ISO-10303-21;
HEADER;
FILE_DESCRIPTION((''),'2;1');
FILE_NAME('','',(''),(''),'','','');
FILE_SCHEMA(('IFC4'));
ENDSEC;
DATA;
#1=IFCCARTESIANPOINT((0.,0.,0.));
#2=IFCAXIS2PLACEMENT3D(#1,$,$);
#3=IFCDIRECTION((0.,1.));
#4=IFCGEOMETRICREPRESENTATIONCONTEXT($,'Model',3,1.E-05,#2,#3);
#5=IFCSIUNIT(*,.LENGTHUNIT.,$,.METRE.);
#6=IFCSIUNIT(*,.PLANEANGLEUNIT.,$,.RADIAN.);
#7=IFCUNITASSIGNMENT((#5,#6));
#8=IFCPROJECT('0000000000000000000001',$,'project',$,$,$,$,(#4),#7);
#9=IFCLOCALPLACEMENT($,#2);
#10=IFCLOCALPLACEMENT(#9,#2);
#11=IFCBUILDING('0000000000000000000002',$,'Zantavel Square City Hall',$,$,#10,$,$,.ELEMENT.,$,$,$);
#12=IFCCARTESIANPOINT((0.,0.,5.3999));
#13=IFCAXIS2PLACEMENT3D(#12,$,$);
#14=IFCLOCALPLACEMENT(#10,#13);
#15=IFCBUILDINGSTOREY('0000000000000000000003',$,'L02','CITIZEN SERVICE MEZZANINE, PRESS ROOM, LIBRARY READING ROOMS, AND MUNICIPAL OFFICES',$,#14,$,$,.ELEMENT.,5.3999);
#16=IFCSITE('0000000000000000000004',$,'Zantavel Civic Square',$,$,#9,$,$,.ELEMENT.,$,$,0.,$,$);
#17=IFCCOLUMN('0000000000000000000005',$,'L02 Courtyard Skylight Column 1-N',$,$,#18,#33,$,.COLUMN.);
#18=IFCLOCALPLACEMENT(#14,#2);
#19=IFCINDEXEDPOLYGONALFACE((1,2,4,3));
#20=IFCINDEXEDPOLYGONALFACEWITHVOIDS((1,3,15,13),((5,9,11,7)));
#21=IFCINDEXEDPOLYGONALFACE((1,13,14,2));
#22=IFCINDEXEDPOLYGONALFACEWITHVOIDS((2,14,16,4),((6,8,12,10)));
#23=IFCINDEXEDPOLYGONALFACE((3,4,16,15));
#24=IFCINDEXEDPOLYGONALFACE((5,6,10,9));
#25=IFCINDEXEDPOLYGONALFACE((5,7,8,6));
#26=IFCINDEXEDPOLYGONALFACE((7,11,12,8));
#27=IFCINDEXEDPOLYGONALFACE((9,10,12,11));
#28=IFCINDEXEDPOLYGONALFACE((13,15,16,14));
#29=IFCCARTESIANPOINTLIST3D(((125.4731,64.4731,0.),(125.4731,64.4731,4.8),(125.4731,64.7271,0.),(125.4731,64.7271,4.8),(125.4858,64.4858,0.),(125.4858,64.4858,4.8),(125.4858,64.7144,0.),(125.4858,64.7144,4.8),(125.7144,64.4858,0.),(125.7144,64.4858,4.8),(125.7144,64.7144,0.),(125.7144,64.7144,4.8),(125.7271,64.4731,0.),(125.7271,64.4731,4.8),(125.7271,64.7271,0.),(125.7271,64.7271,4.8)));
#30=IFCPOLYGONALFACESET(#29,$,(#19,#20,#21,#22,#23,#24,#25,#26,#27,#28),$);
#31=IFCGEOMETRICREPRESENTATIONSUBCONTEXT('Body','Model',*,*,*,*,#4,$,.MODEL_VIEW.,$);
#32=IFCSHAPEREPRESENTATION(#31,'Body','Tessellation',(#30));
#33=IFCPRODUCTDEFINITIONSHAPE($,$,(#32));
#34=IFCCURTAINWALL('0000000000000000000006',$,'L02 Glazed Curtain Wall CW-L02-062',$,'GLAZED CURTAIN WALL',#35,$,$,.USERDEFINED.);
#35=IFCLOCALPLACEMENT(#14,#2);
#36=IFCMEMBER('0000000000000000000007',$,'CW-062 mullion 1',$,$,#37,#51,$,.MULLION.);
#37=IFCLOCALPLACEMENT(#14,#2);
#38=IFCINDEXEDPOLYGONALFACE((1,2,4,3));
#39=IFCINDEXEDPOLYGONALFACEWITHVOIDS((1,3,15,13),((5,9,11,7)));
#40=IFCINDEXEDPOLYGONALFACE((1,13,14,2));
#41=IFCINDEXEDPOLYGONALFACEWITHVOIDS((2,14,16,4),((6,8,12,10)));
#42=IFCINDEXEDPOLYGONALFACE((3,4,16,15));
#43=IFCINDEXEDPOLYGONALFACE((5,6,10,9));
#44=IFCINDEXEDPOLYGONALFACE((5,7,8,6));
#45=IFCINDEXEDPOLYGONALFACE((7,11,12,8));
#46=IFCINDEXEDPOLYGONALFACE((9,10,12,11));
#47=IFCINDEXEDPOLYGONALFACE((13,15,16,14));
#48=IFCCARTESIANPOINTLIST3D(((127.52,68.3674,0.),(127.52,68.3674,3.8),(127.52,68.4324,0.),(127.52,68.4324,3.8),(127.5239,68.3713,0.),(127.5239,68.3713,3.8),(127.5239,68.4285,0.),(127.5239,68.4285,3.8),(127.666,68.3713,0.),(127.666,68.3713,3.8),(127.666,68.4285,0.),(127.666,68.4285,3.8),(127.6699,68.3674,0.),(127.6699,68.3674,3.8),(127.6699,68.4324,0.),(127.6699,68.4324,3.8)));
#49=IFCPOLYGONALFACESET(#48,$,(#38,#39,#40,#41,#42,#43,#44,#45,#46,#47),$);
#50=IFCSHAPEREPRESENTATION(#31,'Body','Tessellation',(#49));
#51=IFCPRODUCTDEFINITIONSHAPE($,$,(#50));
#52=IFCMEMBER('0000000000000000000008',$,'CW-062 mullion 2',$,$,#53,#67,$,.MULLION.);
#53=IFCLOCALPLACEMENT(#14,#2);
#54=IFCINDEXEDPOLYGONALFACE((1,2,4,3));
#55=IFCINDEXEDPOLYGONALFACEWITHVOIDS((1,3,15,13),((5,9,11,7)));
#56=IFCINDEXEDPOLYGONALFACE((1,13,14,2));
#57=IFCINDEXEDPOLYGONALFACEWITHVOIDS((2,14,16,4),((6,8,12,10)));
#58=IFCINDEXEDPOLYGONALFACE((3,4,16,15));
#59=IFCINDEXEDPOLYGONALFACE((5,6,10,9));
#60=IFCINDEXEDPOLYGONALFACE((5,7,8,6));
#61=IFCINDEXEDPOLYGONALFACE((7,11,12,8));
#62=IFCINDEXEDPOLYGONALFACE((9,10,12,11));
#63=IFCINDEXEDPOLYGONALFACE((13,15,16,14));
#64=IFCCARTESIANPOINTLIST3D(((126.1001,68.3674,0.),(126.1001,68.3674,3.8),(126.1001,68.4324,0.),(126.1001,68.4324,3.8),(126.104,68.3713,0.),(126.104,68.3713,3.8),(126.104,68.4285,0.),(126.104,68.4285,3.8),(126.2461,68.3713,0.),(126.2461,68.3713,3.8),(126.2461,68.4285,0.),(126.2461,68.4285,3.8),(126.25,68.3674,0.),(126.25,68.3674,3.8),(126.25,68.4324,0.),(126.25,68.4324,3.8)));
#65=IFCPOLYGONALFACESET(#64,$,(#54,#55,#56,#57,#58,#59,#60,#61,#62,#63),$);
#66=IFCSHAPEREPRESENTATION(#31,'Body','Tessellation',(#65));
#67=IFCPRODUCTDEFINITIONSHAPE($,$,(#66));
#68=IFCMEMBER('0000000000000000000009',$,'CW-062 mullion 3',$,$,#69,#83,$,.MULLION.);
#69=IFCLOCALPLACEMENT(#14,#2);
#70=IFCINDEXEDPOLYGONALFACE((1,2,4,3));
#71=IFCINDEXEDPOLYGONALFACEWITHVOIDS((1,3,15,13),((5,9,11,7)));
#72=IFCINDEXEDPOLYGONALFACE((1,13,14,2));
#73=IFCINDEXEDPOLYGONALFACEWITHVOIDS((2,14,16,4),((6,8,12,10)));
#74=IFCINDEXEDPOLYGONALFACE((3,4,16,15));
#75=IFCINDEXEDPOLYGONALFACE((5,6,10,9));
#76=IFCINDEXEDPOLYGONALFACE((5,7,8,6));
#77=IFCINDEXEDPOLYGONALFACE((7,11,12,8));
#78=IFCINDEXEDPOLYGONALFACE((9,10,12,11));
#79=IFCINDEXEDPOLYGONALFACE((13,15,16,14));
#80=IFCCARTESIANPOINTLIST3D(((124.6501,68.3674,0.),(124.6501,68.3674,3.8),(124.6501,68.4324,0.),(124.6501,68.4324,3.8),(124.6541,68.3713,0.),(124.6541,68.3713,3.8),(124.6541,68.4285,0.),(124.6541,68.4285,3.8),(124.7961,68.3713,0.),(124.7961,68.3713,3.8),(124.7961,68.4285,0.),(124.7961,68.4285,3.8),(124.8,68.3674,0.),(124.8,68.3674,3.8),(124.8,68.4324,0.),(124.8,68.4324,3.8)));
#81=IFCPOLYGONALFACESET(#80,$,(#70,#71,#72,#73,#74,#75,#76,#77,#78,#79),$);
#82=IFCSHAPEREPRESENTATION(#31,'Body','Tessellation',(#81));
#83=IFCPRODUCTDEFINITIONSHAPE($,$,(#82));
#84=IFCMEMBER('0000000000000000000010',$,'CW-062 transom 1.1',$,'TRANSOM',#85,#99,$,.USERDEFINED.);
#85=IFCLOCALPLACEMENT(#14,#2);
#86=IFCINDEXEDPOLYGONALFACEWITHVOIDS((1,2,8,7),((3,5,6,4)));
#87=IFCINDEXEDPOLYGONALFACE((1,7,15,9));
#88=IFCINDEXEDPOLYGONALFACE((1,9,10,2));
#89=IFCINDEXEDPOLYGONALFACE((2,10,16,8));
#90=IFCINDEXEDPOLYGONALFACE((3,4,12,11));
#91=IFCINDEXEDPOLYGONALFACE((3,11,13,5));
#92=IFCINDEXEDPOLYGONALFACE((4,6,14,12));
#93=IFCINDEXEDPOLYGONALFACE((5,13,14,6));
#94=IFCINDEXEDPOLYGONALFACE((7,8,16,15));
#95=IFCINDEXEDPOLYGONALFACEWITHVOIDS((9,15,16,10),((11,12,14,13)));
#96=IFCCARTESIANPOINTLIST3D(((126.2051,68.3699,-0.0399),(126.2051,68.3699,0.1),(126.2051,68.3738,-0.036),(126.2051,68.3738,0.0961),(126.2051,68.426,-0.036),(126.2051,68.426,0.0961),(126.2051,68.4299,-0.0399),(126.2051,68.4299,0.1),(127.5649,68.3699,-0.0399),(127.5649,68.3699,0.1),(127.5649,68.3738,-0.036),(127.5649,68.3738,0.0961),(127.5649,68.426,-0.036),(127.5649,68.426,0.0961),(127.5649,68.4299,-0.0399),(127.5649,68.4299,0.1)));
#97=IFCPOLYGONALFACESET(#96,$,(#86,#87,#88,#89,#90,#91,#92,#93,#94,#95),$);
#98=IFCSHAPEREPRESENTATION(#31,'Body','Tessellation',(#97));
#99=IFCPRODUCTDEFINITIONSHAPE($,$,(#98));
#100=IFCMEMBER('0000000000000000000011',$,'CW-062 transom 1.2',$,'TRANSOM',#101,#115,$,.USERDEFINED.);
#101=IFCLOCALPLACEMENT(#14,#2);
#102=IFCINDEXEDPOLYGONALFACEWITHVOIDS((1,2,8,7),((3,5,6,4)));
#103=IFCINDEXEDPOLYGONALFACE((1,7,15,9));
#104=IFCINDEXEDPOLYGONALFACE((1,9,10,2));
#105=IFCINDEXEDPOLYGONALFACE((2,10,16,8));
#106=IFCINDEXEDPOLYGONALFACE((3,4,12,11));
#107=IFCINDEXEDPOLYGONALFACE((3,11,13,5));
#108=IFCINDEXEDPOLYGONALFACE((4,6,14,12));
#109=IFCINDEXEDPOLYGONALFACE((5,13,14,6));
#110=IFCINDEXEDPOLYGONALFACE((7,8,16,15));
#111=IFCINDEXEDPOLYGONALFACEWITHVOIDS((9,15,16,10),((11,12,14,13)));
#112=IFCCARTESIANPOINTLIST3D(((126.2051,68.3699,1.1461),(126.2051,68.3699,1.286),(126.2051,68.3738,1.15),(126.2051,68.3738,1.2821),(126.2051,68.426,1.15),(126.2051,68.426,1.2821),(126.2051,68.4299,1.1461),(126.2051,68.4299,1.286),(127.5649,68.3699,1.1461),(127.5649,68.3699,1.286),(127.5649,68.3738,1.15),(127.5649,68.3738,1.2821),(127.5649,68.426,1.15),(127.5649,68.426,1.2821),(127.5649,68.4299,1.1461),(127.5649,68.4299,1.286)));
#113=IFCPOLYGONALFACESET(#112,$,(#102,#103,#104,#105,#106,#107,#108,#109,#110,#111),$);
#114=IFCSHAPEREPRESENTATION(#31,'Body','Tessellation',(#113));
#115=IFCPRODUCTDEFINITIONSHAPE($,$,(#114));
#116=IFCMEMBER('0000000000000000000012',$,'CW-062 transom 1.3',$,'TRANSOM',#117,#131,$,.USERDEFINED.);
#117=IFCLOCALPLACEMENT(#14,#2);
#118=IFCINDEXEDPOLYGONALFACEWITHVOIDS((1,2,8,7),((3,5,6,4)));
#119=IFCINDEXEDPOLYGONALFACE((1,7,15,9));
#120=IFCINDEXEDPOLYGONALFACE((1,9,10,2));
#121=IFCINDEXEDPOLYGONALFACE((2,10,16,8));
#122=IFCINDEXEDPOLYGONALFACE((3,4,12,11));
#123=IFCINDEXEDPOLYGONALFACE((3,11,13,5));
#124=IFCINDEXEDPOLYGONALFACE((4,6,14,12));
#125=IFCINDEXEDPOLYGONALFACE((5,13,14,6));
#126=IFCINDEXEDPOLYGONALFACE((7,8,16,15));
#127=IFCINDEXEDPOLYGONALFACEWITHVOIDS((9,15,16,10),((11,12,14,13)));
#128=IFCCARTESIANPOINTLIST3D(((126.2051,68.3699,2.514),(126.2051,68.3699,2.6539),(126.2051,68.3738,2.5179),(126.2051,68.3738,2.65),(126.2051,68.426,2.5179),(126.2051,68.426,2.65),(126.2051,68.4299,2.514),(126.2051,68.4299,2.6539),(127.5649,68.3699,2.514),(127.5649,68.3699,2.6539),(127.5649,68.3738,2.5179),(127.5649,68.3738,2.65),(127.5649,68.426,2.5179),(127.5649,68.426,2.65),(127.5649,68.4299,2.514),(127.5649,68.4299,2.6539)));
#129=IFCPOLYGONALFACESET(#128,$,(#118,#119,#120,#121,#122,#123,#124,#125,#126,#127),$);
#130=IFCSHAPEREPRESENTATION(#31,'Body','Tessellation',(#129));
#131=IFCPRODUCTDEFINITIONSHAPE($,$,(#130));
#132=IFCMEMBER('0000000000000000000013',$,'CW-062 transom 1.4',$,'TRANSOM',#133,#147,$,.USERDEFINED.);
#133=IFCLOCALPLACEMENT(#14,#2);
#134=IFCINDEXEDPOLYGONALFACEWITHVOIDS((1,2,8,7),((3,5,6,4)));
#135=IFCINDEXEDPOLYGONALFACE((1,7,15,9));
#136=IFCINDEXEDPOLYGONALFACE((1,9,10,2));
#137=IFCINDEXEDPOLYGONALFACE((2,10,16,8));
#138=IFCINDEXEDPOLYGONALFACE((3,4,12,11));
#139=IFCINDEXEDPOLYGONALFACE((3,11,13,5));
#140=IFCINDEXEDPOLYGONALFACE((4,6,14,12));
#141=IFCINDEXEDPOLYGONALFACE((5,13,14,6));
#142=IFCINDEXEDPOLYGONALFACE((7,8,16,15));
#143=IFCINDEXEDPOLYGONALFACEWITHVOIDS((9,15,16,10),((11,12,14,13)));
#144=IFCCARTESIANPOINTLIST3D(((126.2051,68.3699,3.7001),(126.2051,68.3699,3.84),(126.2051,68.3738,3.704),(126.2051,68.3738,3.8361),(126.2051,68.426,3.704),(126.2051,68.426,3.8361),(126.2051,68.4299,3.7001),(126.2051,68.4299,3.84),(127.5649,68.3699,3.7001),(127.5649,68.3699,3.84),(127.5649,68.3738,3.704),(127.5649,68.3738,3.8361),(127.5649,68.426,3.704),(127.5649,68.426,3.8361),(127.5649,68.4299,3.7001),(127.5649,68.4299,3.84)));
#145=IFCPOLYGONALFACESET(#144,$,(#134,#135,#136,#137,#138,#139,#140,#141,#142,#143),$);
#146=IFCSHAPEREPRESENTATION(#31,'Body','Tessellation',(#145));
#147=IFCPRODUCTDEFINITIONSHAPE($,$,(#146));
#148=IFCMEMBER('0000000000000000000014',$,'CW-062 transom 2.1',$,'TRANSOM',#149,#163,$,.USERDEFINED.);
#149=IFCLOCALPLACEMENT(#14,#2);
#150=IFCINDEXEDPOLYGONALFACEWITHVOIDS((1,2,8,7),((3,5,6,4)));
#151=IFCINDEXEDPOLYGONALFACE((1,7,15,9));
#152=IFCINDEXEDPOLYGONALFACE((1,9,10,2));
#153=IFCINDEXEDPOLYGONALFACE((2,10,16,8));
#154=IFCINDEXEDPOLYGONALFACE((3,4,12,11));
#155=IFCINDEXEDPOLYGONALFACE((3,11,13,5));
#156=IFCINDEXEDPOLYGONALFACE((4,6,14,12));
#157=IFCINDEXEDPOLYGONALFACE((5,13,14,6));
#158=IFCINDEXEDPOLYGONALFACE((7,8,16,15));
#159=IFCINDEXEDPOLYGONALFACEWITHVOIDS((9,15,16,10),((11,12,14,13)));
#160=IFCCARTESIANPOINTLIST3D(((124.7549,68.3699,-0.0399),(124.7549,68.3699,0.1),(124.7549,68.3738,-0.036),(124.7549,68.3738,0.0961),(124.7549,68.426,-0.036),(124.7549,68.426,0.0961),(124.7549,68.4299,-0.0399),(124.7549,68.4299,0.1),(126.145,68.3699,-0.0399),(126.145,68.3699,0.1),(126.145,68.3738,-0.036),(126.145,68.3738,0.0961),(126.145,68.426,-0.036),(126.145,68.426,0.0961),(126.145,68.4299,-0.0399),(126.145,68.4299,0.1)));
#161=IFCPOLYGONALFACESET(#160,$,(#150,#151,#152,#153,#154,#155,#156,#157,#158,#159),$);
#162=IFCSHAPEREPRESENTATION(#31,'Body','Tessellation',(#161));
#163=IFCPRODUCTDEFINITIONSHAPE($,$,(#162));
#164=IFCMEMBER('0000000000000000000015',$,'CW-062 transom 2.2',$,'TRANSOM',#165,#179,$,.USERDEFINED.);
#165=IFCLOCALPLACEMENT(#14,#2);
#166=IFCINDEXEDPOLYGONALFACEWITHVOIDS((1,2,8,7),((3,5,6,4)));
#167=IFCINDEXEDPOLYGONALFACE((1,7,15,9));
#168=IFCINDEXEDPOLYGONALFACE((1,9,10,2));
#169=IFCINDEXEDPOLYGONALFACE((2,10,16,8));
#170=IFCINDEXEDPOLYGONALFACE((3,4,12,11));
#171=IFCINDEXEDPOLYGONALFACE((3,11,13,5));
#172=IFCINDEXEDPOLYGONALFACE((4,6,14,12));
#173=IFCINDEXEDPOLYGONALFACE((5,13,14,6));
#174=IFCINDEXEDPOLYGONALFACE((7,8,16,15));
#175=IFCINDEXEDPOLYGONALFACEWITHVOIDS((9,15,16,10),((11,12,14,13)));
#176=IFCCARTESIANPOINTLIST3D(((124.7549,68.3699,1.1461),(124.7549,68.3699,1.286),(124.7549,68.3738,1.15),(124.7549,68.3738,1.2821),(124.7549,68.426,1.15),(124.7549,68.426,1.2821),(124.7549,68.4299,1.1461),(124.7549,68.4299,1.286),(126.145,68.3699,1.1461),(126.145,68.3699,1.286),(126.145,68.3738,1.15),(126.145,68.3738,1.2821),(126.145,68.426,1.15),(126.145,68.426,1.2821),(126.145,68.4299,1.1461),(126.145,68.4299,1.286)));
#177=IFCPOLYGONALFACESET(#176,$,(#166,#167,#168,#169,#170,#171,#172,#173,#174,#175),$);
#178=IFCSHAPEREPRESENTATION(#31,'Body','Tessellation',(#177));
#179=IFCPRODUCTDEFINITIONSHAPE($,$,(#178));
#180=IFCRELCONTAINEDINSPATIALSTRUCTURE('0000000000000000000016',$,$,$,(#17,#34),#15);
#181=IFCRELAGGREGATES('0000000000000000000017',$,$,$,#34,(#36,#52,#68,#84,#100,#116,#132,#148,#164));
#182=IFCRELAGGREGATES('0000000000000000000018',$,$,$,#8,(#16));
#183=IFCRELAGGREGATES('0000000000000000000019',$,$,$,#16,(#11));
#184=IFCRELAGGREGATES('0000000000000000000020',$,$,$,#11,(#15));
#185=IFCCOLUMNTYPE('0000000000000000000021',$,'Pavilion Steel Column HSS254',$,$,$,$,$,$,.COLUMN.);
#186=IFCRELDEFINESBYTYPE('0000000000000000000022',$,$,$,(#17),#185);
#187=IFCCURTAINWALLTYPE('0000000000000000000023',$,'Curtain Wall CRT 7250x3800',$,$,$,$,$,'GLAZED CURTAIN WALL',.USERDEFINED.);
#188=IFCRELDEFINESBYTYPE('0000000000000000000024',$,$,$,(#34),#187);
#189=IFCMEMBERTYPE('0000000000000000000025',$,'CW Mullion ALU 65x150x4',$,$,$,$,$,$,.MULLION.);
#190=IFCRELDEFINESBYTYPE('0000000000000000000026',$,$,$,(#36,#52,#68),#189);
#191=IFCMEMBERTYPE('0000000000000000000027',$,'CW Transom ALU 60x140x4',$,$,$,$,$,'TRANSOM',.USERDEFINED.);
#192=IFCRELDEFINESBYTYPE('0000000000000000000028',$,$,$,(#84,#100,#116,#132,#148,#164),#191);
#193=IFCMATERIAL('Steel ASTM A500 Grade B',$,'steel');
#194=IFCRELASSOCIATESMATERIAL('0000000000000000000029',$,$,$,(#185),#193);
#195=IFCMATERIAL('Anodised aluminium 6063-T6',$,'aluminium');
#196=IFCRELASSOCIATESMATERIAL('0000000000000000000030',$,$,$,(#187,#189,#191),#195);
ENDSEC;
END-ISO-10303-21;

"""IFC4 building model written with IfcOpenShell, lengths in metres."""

from ifc_helpers import new_model, si_unit, direction, frame, origin, origin_2d, place, context, subcontext, project, spatial, hollow_rectangle, extrude, material, material_profile, profile_set, type_object, element, aggregate, save


model = new_model("IFC4")

# Units and contexts
model_context = context("Model", 3, precision=1e-05, world=origin(), true_north=direction((0.0, 1.0)))
body_context = subcontext(model_context, "Body", "Model", "MODEL_VIEW")
ifc_project = project(units=[si_unit("LENGTHUNIT", "METRE"), si_unit("PLANEANGLEUNIT", "RADIAN")], contexts=[model_context])

# Site, building, storey
site_placement = place(None, origin())
site = spatial("IfcSite", under=ifc_project, at=site_placement, Name="Zantavel Civic Square", CompositionType="ELEMENT", RefElevation=0.0)
building_placement = place(site_placement, origin())
building = spatial("IfcBuilding", under=site, at=building_placement, Name="Zantavel Square City Hall", CompositionType="ELEMENT")
storey_placement = place(building_placement, frame((0.0, 0.0, 5.3999)))
storey = spatial("IfcBuildingStorey", under=building, at=storey_placement, Name="L02", Description="CITIZEN SERVICE MEZZANINE, PRESS ROOM, LIBRARY READING ROOMS, AND MUNICIPAL OFFICES", CompositionType="ELEMENT", Elevation=5.3999)

# Column
ifc_material_1 = material(Name="Steel ASTM A500 Grade B", Category="steel")
ifc_material_profile_1 = material_profile(ifc_material_1, hollow_rectangle(XDim=0.2539, YDim=0.2539, WallThickness=0.0127, at=origin_2d()), Name="HSS 254x254x12.7")
ifc_profile_set_1 = profile_set([ifc_material_profile_1], Name="Steel ASTM A500 Grade B")
column_type = type_object("IfcColumnType", Name="Pavilion Steel Column HSS254", PredefinedType="COLUMN", material=ifc_profile_set_1)
column_placement = place(storey_placement, frame((125.6001, 64.6001, 0.0), z_axis=(0.0, 0.0, 1.0), x_axis=(1.0, 0.0, 0.0)))
element("IfcColumn", 1, at=column_placement, inside=storey, type_object=column_type, Name="L02 Courtyard Skylight Column 1-N", PredefinedType="COLUMN", context=body_context, shape_type="SweptSolid", body=[
    extrude(hollow_rectangle(XDim=0.2539, YDim=0.2539, WallThickness=0.0127, at=origin_2d()), origin(), (0.0, 0.0, 1.0), 4.8),
])

# Curtain wall, members
ifc_material_2 = material(Name="Anodised aluminium 6063-T6", Category="aluminium")
curtain_wall_type = type_object("IfcCurtainWallType", Name="Curtain Wall CRT 7250x3800", ElementType="GLAZED CURTAIN WALL", PredefinedType="USERDEFINED", material=ifc_material_2)
curtain_wall_placement = place(storey_placement, origin())
curtain_wall = element("IfcCurtainWall", 2, at=curtain_wall_placement, inside=storey, type_object=curtain_wall_type, Name="L02 Glazed Curtain Wall CW-L02-062", ObjectType="GLAZED CURTAIN WALL", PredefinedType="USERDEFINED")
ifc_material_profile_2 = material_profile(ifc_material_2, hollow_rectangle(XDim=0.0649, YDim=0.1499, WallThickness=0.0039, at=origin_2d()), Name="ALU 65x150x4")
ifc_profile_set_2 = profile_set([ifc_material_profile_2], Name="Anodised aluminium 6063-T6")
member_type_1 = type_object("IfcMemberType", Name="CW Mullion ALU 65x150x4", PredefinedType="MULLION", material=ifc_profile_set_2)
member_1_placement = place(storey_placement, frame((127.595, 68.3999, 0.0), z_axis=(0.0, 0.0, 1.0), x_axis=(0.0, -1.0, 0.0)))
member_1 = element("IfcMember", 3, at=member_1_placement, type_object=member_type_1, Name="CW-062 mullion 1", PredefinedType="MULLION", context=body_context, shape_type="SweptSolid", body=[
    extrude(hollow_rectangle(XDim=0.0649, YDim=0.1499, WallThickness=0.0039, at=origin_2d()), origin(), (0.0, 0.0, 1.0), 3.8),
])
member_2_placement = place(storey_placement, frame((126.175, 68.3999, 0.0), z_axis=(0.0, 0.0, 1.0), x_axis=(0.0, -1.0, 0.0)))
member_2 = element("IfcMember", 4, at=member_2_placement, type_object=member_type_1, Name="CW-062 mullion 2", PredefinedType="MULLION", context=body_context, shape_type="SweptSolid", body=[
    extrude(hollow_rectangle(XDim=0.0649, YDim=0.1499, WallThickness=0.0039, at=origin_2d()), origin(), (0.0, 0.0, 1.0), 3.8),
])
member_3_placement = place(storey_placement, frame((124.7251, 68.3999, 0.0), z_axis=(0.0, 0.0, 1.0), x_axis=(0.0, -1.0, 0.0)))
member_3 = element("IfcMember", 5, at=member_3_placement, type_object=member_type_1, Name="CW-062 mullion 3", PredefinedType="MULLION", context=body_context, shape_type="SweptSolid", body=[
    extrude(hollow_rectangle(XDim=0.0649, YDim=0.1499, WallThickness=0.0039, at=origin_2d()), origin(), (0.0, 0.0, 1.0), 3.8),
])
ifc_material_profile_3 = material_profile(ifc_material_2, hollow_rectangle(XDim=0.0601, YDim=0.1399, WallThickness=0.0039, at=origin_2d()), Name="ALU 60x140x4")
ifc_profile_set_3 = profile_set([ifc_material_profile_3], Name="Anodised aluminium 6063-T6")
member_type_2 = type_object("IfcMemberType", Name="CW Transom ALU 60x140x4", ElementType="TRANSOM", PredefinedType="USERDEFINED", material=ifc_profile_set_3)
member_4_placement = place(storey_placement, frame((127.5649, 68.3999, 0.03), z_axis=(-1.0, 0.0, 0.0), x_axis=(0.0, -1.0, 0.0)))
member_4 = element("IfcMember", 6, at=member_4_placement, type_object=member_type_2, Name="CW-062 transom 1.1", ObjectType="TRANSOM", PredefinedType="USERDEFINED", context=body_context, shape_type="SweptSolid", body=[
    extrude(hollow_rectangle(XDim=0.0601, YDim=0.1399, WallThickness=0.0039, at=origin_2d()), origin(), (0.0, 0.0, 1.0), 1.3599),
])
member_5_placement = place(storey_placement, frame((127.5649, 68.3999, 1.2161), z_axis=(-1.0, 0.0, 0.0), x_axis=(0.0, -1.0, 0.0)))
member_5 = element("IfcMember", 7, at=member_5_placement, type_object=member_type_2, Name="CW-062 transom 1.2", ObjectType="TRANSOM", PredefinedType="USERDEFINED", context=body_context, shape_type="SweptSolid", body=[
    extrude(hollow_rectangle(XDim=0.0601, YDim=0.1399, WallThickness=0.0039, at=origin_2d()), origin(), (0.0, 0.0, 1.0), 1.3599),
])
member_6_placement = place(storey_placement, frame((127.5649, 68.3999, 2.584), z_axis=(-1.0, 0.0, 0.0), x_axis=(0.0, -1.0, 0.0)))
member_6 = element("IfcMember", 8, at=member_6_placement, type_object=member_type_2, Name="CW-062 transom 1.3", ObjectType="TRANSOM", PredefinedType="USERDEFINED", context=body_context, shape_type="SweptSolid", body=[
    extrude(hollow_rectangle(XDim=0.0601, YDim=0.1399, WallThickness=0.0039, at=origin_2d()), origin(), (0.0, 0.0, 1.0), 1.3599),
])
member_7_placement = place(storey_placement, frame((127.5649, 68.3999, 3.77), z_axis=(-1.0, 0.0, 0.0), x_axis=(0.0, -1.0, 0.0)))
member_7 = element("IfcMember", 9, at=member_7_placement, type_object=member_type_2, Name="CW-062 transom 1.4", ObjectType="TRANSOM", PredefinedType="USERDEFINED", context=body_context, shape_type="SweptSolid", body=[
    extrude(hollow_rectangle(XDim=0.0601, YDim=0.1399, WallThickness=0.0039, at=origin_2d()), origin(), (0.0, 0.0, 1.0), 1.3599),
])
member_8_placement = place(storey_placement, frame((126.145, 68.3999, 0.03), z_axis=(-1.0, 0.0, 0.0), x_axis=(0.0, -1.0, 0.0)))
member_8 = element("IfcMember", 10, at=member_8_placement, type_object=member_type_2, Name="CW-062 transom 2.1", ObjectType="TRANSOM", PredefinedType="USERDEFINED", context=body_context, shape_type="SweptSolid", body=[
    extrude(hollow_rectangle(XDim=0.0601, YDim=0.1399, WallThickness=0.0039, at=origin_2d()), origin(), (0.0, 0.0, 1.0), 1.3901),
])
member_9_placement = place(storey_placement, frame((126.145, 68.3999, 1.2161), z_axis=(-1.0, 0.0, 0.0), x_axis=(0.0, -1.0, 0.0)))
member_9 = element("IfcMember", 11, at=member_9_placement, type_object=member_type_2, Name="CW-062 transom 2.2", ObjectType="TRANSOM", PredefinedType="USERDEFINED", context=body_context, shape_type="SweptSolid", body=[
    extrude(hollow_rectangle(XDim=0.0601, YDim=0.1399, WallThickness=0.0039, at=origin_2d()), origin(), (0.0, 0.0, 1.0), 1.3901),
])
aggregate(curtain_wall, [member_1, member_2, member_3, member_4, member_5, member_6, member_7, member_8, member_9])

save(model, "model.ifc")
